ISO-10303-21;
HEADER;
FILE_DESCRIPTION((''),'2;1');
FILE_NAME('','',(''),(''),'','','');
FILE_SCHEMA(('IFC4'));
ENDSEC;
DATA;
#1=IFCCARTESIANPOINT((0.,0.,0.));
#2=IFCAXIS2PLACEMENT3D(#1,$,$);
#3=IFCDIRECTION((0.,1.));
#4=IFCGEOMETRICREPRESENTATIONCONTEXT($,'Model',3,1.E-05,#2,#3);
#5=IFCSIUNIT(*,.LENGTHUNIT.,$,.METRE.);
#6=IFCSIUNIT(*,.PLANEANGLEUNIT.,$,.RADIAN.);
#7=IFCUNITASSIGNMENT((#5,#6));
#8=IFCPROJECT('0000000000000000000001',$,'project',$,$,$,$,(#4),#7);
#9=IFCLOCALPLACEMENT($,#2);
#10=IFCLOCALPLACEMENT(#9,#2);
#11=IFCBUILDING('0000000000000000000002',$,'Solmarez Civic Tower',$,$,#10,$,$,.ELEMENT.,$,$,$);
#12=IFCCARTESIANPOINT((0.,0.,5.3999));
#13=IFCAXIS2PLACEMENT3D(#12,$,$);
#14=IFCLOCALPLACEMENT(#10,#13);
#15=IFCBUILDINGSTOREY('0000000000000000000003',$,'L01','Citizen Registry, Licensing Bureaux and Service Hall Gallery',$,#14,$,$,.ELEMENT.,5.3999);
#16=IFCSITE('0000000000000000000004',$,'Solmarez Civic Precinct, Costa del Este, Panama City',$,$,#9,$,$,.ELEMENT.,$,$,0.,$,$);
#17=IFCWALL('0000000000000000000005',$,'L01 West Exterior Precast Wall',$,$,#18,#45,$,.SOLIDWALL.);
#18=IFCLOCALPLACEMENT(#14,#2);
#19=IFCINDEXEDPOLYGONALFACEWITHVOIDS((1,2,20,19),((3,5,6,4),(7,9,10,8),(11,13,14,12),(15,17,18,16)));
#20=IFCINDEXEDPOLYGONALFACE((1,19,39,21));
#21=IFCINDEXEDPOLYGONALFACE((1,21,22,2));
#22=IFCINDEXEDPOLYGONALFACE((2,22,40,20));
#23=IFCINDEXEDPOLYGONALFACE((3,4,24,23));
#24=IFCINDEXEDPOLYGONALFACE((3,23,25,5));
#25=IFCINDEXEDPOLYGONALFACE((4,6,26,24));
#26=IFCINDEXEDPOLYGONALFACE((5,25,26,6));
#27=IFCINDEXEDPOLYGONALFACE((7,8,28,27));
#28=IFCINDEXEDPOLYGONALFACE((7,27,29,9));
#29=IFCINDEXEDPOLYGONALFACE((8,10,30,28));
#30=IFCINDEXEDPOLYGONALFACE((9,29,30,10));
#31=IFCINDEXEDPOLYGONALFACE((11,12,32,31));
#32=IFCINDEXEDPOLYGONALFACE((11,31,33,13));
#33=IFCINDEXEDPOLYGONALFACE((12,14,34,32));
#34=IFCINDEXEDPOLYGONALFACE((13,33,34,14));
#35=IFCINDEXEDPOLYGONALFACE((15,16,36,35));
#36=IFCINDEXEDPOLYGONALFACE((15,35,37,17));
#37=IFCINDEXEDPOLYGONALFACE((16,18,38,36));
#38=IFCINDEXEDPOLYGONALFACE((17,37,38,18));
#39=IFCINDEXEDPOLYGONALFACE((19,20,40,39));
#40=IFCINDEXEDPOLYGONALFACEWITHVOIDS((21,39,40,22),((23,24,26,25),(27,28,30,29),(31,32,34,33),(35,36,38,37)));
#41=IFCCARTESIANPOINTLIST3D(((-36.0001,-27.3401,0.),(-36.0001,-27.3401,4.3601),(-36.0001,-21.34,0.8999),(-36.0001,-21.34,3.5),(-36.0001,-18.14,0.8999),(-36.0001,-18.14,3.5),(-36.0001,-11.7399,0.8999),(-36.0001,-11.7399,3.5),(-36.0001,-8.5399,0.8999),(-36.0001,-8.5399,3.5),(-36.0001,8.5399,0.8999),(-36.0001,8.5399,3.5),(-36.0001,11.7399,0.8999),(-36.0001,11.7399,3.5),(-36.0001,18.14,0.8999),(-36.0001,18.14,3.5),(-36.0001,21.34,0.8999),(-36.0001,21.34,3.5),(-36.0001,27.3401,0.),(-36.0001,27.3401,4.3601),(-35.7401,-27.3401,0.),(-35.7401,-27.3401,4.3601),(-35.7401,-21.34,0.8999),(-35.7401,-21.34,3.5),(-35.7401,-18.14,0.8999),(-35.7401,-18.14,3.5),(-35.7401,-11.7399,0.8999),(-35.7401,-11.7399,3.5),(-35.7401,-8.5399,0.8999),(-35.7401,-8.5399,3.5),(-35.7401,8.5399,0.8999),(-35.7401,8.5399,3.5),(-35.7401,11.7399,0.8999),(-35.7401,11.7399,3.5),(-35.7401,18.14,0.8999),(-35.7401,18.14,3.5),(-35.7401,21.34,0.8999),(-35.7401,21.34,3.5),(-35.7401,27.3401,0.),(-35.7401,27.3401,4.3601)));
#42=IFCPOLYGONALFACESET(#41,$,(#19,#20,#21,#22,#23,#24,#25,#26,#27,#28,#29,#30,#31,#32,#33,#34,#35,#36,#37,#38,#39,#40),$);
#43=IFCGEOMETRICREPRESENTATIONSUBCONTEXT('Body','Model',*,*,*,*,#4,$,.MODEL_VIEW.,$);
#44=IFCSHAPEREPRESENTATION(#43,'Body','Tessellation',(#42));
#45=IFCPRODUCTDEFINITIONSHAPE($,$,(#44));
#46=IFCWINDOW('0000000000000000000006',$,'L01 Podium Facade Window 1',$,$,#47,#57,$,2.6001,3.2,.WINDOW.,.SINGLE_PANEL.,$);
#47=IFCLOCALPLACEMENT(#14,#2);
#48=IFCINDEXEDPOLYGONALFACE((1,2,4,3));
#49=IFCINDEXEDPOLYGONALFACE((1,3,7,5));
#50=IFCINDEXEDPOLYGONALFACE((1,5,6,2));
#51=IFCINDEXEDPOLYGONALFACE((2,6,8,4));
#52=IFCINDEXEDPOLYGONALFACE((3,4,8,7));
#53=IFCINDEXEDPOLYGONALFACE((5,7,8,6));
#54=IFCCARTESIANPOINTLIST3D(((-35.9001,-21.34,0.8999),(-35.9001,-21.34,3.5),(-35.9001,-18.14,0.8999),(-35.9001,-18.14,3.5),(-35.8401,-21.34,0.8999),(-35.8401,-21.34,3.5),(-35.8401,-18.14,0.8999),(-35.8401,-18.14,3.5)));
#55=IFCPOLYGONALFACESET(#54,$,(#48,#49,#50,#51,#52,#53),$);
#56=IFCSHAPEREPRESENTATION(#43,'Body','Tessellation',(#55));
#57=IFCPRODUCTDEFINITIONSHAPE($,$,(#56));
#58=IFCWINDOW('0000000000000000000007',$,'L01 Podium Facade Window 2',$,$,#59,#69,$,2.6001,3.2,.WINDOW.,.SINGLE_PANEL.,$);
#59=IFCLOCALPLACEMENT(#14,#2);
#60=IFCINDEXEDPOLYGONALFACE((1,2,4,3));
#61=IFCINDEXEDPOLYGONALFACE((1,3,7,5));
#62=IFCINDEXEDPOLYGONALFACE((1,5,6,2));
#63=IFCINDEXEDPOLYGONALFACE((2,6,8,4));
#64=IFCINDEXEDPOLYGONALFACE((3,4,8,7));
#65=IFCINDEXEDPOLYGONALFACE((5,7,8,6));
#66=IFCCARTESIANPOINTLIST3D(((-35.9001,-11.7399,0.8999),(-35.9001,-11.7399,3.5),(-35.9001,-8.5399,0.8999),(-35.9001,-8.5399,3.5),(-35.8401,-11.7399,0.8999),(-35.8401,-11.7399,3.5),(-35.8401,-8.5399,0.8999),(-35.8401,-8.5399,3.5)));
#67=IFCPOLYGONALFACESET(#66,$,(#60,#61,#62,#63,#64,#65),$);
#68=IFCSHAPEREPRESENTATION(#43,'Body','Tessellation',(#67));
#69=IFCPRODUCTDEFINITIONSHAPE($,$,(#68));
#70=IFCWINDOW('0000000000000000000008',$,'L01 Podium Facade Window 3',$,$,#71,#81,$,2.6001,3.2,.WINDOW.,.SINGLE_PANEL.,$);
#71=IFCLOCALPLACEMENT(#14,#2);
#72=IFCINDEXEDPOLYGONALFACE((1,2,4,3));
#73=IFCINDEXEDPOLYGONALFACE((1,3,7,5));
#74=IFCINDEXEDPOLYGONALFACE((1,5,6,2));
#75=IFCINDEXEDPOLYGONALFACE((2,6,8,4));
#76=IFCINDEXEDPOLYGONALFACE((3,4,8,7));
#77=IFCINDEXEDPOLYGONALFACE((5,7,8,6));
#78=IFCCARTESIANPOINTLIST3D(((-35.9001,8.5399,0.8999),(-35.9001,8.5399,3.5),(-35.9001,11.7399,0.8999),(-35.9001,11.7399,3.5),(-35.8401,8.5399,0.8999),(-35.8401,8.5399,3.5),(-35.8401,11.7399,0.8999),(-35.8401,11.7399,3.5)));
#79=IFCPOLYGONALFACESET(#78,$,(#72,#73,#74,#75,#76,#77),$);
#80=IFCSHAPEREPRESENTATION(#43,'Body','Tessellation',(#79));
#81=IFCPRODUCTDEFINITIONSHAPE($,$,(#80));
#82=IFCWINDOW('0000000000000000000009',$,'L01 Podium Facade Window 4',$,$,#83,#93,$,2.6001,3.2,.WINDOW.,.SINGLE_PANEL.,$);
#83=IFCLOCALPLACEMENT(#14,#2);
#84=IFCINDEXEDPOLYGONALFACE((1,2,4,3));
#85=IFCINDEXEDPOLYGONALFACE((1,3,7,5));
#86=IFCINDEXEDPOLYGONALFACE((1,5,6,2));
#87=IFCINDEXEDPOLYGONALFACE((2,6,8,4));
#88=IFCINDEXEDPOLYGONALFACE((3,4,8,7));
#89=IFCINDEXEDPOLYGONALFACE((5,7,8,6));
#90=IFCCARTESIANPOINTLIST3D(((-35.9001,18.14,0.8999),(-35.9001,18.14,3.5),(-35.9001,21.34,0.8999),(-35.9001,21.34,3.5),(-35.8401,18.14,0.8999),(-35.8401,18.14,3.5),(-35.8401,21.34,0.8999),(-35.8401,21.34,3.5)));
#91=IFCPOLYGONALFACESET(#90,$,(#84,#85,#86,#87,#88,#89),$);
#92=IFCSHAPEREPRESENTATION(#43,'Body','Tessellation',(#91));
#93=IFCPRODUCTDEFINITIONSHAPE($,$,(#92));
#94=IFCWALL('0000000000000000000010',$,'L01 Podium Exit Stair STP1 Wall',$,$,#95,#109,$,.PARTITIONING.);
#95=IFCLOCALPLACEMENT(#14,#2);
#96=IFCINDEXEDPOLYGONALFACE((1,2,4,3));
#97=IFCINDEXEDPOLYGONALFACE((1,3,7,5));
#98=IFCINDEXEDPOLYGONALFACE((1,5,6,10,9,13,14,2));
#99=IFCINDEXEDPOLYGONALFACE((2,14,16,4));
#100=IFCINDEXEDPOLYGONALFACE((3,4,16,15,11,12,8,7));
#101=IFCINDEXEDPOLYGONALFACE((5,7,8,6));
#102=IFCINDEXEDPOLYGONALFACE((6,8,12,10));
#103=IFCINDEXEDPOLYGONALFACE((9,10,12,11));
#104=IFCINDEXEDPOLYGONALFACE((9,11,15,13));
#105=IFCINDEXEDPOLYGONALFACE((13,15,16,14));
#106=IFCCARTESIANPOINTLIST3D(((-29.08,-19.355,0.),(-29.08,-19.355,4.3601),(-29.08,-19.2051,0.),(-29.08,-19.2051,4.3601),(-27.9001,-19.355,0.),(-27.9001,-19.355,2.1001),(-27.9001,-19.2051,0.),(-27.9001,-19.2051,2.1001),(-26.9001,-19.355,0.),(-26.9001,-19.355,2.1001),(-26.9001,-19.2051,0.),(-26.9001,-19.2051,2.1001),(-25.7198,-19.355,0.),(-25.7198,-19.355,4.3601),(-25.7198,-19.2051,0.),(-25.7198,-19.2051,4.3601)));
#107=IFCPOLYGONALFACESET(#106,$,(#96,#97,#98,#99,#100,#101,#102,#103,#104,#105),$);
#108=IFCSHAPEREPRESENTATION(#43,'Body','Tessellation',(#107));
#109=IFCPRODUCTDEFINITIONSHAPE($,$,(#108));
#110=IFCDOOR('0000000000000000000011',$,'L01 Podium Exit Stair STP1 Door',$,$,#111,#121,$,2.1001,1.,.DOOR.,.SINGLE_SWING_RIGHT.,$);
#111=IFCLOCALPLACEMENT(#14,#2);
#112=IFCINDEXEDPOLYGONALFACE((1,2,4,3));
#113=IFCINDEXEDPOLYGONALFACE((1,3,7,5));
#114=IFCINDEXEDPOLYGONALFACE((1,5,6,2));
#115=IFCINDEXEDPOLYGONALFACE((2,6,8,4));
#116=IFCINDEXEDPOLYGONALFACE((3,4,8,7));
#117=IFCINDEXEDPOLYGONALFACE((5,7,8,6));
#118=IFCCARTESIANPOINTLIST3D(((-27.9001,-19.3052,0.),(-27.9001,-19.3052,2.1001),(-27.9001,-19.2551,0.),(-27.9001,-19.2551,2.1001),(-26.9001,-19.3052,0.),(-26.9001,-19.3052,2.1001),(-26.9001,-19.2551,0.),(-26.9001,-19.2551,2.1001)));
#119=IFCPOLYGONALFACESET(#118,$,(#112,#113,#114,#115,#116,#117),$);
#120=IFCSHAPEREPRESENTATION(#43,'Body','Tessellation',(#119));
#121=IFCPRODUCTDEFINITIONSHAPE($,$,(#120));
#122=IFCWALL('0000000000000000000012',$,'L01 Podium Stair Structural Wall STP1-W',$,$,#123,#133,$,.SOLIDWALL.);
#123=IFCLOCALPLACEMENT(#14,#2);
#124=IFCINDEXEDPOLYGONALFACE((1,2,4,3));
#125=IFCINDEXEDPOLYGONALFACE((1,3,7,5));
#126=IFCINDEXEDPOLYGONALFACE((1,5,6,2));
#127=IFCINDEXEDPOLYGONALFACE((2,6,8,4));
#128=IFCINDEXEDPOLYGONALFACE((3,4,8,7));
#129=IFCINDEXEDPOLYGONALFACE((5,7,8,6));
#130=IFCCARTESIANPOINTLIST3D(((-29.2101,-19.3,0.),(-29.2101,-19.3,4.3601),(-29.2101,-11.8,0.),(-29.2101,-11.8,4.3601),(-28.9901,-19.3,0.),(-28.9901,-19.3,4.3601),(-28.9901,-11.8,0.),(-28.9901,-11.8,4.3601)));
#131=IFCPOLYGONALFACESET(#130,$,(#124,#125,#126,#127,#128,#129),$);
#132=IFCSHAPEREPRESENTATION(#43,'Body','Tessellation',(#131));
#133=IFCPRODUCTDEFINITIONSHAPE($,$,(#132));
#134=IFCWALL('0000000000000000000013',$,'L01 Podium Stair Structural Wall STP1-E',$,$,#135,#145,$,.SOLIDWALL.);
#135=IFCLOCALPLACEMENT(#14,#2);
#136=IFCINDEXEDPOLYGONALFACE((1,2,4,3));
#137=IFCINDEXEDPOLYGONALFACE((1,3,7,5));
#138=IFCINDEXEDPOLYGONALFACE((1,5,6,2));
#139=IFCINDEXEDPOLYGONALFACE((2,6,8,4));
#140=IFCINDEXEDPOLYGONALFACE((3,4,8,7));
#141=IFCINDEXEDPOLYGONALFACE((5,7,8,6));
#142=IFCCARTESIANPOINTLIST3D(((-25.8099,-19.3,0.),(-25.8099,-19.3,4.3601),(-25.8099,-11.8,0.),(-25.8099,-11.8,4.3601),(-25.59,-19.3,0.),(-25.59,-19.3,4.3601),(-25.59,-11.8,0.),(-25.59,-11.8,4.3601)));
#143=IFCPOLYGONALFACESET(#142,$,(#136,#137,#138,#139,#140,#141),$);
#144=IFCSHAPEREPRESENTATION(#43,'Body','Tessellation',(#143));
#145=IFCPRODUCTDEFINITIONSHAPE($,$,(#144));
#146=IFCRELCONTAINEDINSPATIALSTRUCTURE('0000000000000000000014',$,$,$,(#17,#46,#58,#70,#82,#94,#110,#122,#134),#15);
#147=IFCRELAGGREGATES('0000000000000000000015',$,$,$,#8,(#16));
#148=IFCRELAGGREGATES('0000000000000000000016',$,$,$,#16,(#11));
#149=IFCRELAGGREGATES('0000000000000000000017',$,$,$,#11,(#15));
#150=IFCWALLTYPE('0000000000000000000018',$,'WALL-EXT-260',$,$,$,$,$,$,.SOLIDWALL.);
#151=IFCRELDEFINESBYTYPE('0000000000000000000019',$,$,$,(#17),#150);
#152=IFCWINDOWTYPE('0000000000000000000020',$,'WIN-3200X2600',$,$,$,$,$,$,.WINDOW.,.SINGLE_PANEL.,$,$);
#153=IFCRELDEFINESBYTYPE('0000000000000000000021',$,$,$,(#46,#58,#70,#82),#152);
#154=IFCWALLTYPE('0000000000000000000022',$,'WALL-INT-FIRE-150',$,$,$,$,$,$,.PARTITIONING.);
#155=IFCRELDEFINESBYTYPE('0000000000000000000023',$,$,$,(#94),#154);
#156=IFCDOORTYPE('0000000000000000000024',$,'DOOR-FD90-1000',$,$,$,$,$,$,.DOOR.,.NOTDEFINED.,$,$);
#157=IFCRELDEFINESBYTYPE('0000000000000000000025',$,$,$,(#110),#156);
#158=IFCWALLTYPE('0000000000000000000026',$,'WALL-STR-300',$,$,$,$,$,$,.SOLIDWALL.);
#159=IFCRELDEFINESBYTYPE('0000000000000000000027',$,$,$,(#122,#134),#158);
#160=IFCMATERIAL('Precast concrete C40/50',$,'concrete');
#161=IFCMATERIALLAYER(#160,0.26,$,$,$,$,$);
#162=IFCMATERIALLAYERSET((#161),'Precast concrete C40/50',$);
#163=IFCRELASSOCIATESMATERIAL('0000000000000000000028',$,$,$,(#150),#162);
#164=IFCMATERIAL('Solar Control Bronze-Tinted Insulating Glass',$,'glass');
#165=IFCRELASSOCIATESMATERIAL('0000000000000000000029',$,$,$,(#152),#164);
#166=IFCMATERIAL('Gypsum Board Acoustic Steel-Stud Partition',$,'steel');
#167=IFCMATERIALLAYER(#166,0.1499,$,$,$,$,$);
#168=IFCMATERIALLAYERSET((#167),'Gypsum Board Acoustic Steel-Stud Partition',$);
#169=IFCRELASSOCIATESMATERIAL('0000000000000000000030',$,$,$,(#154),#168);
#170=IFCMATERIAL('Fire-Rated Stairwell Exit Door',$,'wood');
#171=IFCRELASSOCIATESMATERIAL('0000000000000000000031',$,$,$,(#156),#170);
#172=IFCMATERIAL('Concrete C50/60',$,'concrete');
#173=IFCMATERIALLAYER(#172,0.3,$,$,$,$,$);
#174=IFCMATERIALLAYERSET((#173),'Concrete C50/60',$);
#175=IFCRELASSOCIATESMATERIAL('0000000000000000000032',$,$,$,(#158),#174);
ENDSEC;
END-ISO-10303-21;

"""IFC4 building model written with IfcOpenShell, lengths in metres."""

from ifc_helpers import new_model, si_unit, direction, frame, frame_2d, origin, place, context, subcontext, project, spatial, rectangle, extrude, material, layer, layer_set, type_object, element, fill, save


model = new_model("IFC4")

# Units and contexts
model_context = context("Model", 3, precision=1e-05, world=origin(), true_north=direction((0.0, 1.0)))
body_context = subcontext(model_context, "Body", "Model", "MODEL_VIEW")
ifc_project = project(units=[si_unit("LENGTHUNIT", "METRE"), si_unit("PLANEANGLEUNIT", "RADIAN")], contexts=[model_context])

# Site, building, storey
site_placement = place(None, origin())
site = spatial("IfcSite", under=ifc_project, at=site_placement, Name="Solmarez Civic Precinct, Costa del Este, Panama City", CompositionType="ELEMENT", RefElevation=0.0)
building_placement = place(site_placement, origin())
building = spatial("IfcBuilding", under=site, at=building_placement, Name="Solmarez Civic Tower", CompositionType="ELEMENT")
storey_placement = place(building_placement, frame((0.0, 0.0, 5.3999)))
storey = spatial("IfcBuildingStorey", under=building, at=storey_placement, Name="L01", Description="Citizen Registry, Licensing Bureaux and Service Hall Gallery", CompositionType="ELEMENT", Elevation=5.3999)

# Shared definitions
ifc_material_1 = material(Name="Concrete C50/60", Category="concrete")

# Wall, openings, windows
ifc_material_2 = material(Name="Precast concrete C40/50", Category="concrete")
ifc_layer_1 = layer(ifc_material_2, 0.26)
ifc_layer_set_1 = layer_set([ifc_layer_1], Name="Precast concrete C40/50")
wall_type_1 = type_object("IfcWallType", Name="WALL-EXT-260", PredefinedType="SOLIDWALL", material=ifc_layer_set_1)
wall_1_placement = place(storey_placement, frame((-35.8701, -27.3401, 0.0), z_axis=(0.0, 0.0, 1.0), x_axis=(0.0, 1.0, 0.0)))
wall_1 = element("IfcWall", 1, at=wall_1_placement, inside=storey, type_object=wall_type_1, Name="L01 West Exterior Precast Wall", PredefinedType="SOLIDWALL", context=body_context, shape_type="SweptSolid", body=[
    extrude(rectangle(XDim=54.6802, YDim=0.26, at=frame_2d((27.3401, 0.0))), origin(), (0.0, 0.0, 1.0), 4.3601),
])
opening_1_placement = place(wall_1_placement, frame((6.0, 0.0, 0.8999)))
opening_1 = element("IfcOpeningElement", 2, at=opening_1_placement, cuts=wall_1, PredefinedType="OPENING", context=body_context, shape_type="SweptSolid", body=[
    extrude(rectangle(XDim=3.2, YDim=2.6001, at=frame_2d((1.6001, 1.3))), frame((0.0, 0.1399, 0.0), z_axis=(0.0, -1.0, 0.0), x_axis=(1.0, 0.0, 0.0)), (0.0, 0.0, 1.0), 0.28),
])
opening_2_placement = place(wall_1_placement, frame((15.6001, 0.0, 0.8999)))
opening_2 = element("IfcOpeningElement", 3, at=opening_2_placement, cuts=wall_1, PredefinedType="OPENING", context=body_context, shape_type="SweptSolid", body=[
    extrude(rectangle(XDim=3.2, YDim=2.6001, at=frame_2d((1.6001, 1.3))), frame((0.0, 0.1399, 0.0), z_axis=(0.0, -1.0, 0.0), x_axis=(1.0, 0.0, 0.0)), (0.0, 0.0, 1.0), 0.28),
])
opening_3_placement = place(wall_1_placement, frame((35.8799, 0.0, 0.8999)))
opening_3 = element("IfcOpeningElement", 4, at=opening_3_placement, cuts=wall_1, PredefinedType="OPENING", context=body_context, shape_type="SweptSolid", body=[
    extrude(rectangle(XDim=3.2, YDim=2.6001, at=frame_2d((1.6001, 1.3))), frame((0.0, 0.1399, 0.0), z_axis=(0.0, -1.0, 0.0), x_axis=(1.0, 0.0, 0.0)), (0.0, 0.0, 1.0), 0.28),
])
opening_4_placement = place(wall_1_placement, frame((45.48, 0.0, 0.8999)))
opening_4 = element("IfcOpeningElement", 5, at=opening_4_placement, cuts=wall_1, PredefinedType="OPENING", context=body_context, shape_type="SweptSolid", body=[
    extrude(rectangle(XDim=3.2, YDim=2.6001, at=frame_2d((1.6001, 1.3))), frame((0.0, 0.1399, 0.0), z_axis=(0.0, -1.0, 0.0), x_axis=(1.0, 0.0, 0.0)), (0.0, 0.0, 1.0), 0.28),
])
ifc_material_3 = material(Name="Solar Control Bronze-Tinted Insulating Glass", Category="glass")
window_type = type_object("IfcWindowType", Name="WIN-3200X2600", PartitioningType="SINGLE_PANEL", PredefinedType="WINDOW", material=ifc_material_3)
window_1_placement = place(opening_1_placement, origin())
window_1 = element("IfcWindow", 6, at=window_1_placement, inside=storey, type_object=window_type, Name="L01 Podium Facade Window 1", OverallHeight=2.6001, OverallWidth=3.2, PartitioningType="SINGLE_PANEL", PredefinedType="WINDOW", context=body_context, shape_type="SweptSolid", body=[
    extrude(rectangle(XDim=3.2, YDim=2.6001, at=frame_2d((1.6001, 1.3))), frame((0.0, 0.03, 0.0), z_axis=(0.0, -1.0, 0.0), x_axis=(1.0, 0.0, 0.0)), (0.0, 0.0, 1.0), 0.0601),
])
fill(opening_1, window_1)
window_2_placement = place(opening_2_placement, origin())
window_2 = element("IfcWindow", 7, at=window_2_placement, inside=storey, type_object=window_type, Name="L01 Podium Facade Window 2", OverallHeight=2.6001, OverallWidth=3.2, PartitioningType="SINGLE_PANEL", PredefinedType="WINDOW", context=body_context, shape_type="SweptSolid", body=[
    extrude(rectangle(XDim=3.2, YDim=2.6001, at=frame_2d((1.6001, 1.3))), frame((0.0, 0.03, 0.0), z_axis=(0.0, -1.0, 0.0), x_axis=(1.0, 0.0, 0.0)), (0.0, 0.0, 1.0), 0.0601),
])
fill(opening_2, window_2)
window_3_placement = place(opening_3_placement, origin())
window_3 = element("IfcWindow", 8, at=window_3_placement, inside=storey, type_object=window_type, Name="L01 Podium Facade Window 3", OverallHeight=2.6001, OverallWidth=3.2, PartitioningType="SINGLE_PANEL", PredefinedType="WINDOW", context=body_context, shape_type="SweptSolid", body=[
    extrude(rectangle(XDim=3.2, YDim=2.6001, at=frame_2d((1.6001, 1.3))), frame((0.0, 0.03, 0.0), z_axis=(0.0, -1.0, 0.0), x_axis=(1.0, 0.0, 0.0)), (0.0, 0.0, 1.0), 0.0601),
])
fill(opening_3, window_3)
window_4_placement = place(opening_4_placement, origin())
window_4 = element("IfcWindow", 9, at=window_4_placement, inside=storey, type_object=window_type, Name="L01 Podium Facade Window 4", OverallHeight=2.6001, OverallWidth=3.2, PartitioningType="SINGLE_PANEL", PredefinedType="WINDOW", context=body_context, shape_type="SweptSolid", body=[
    extrude(rectangle(XDim=3.2, YDim=2.6001, at=frame_2d((1.6001, 1.3))), frame((0.0, 0.03, 0.0), z_axis=(0.0, -1.0, 0.0), x_axis=(1.0, 0.0, 0.0)), (0.0, 0.0, 1.0), 0.0601),
])
fill(opening_4, window_4)

# Wall, opening, door
ifc_material_4 = material(Name="Gypsum Board Acoustic Steel-Stud Partition", Category="steel")
ifc_layer_2 = layer(ifc_material_4, 0.1499)
ifc_layer_set_2 = layer_set([ifc_layer_2], Name="Gypsum Board Acoustic Steel-Stud Partition")
wall_type_2 = type_object("IfcWallType", Name="WALL-INT-FIRE-150", PredefinedType="PARTITIONING", material=ifc_layer_set_2)
wall_2_placement = place(storey_placement, frame((-29.0801, -19.28, 0.0), z_axis=(0.0, 0.0, 1.0), x_axis=(1.0, 0.0, 0.0)))
wall_2 = element("IfcWall", 10, at=wall_2_placement, inside=storey, type_object=wall_type_2, Name="L01 Podium Exit Stair STP1 Wall", PredefinedType="PARTITIONING", context=body_context, shape_type="SweptSolid", body=[
    extrude(rectangle(XDim=3.3601, YDim=0.1499, at=frame_2d((1.6802, 0.0))), origin(), (0.0, 0.0, 1.0), 4.3601),
])
opening_5_placement = place(wall_2_placement, frame((1.1799, 0.0, 0.0)))
opening_5 = element("IfcOpeningElement", 11, at=opening_5_placement, cuts=wall_2, PredefinedType="OPENING", context=body_context, shape_type="SweptSolid", body=[
    extrude(rectangle(XDim=1.0, YDim=2.1001, at=frame_2d((0.5, 1.05))), frame((0.0, 0.085, 0.0), z_axis=(0.0, -1.0, 0.0), x_axis=(1.0, 0.0, 0.0)), (0.0, 0.0, 1.0), 0.1699),
])
ifc_material_5 = material(Name="Fire-Rated Stairwell Exit Door", Category="wood")
door_type = type_object("IfcDoorType", Name="DOOR-FD90-1000", OperationType="NOTDEFINED", PredefinedType="DOOR", material=ifc_material_5)
door_placement = place(opening_5_placement, origin())
door = element("IfcDoor", 12, at=door_placement, inside=storey, type_object=door_type, Name="L01 Podium Exit Stair STP1 Door", OperationType="SINGLE_SWING_RIGHT", OverallHeight=2.1001, OverallWidth=1.0, PredefinedType="DOOR", context=body_context, shape_type="SweptSolid", body=[
    extrude(rectangle(XDim=1.0, YDim=2.1001, at=frame_2d((0.5, 1.05))), frame((0.0, 0.0249, 0.0), z_axis=(0.0, -1.0, 0.0), x_axis=(1.0, 0.0, 0.0)), (0.0, 0.0, 1.0), 0.05),
])
fill(opening_5, door)

# Walls
ifc_layer_3 = layer(ifc_material_1, 0.3)
ifc_layer_set_3 = layer_set([ifc_layer_3], Name="Concrete C50/60")
wall_type_3 = type_object("IfcWallType", Name="WALL-STR-300", PredefinedType="SOLIDWALL", material=ifc_layer_set_3)
for number, where, z_axis, x_axis, name in (
    (13, (-29.1001, -19.3, 0.0), (0.0, 0.0, 1.0), (0.0, 1.0, 0.0), "L01 Podium Stair Structural Wall STP1-W"),
    (14, (-25.7, -19.3, 0.0), (0.0, 0.0, 1.0), (0.0, 1.0, 0.0), "L01 Podium Stair Structural Wall STP1-E"),
):
    element("IfcWall", number, at=place(storey_placement, frame(where, z_axis=z_axis, x_axis=x_axis)), inside=storey, type_object=wall_type_3, Name=name, PredefinedType="SOLIDWALL", context=body_context, shape_type="SweptSolid", body=[
        extrude(rectangle(XDim=7.5, YDim=0.22, at=frame_2d((3.75, 0.0))), origin(), (0.0, 0.0, 1.0), 4.3601),
    ])

save(model, "model.ifc")
